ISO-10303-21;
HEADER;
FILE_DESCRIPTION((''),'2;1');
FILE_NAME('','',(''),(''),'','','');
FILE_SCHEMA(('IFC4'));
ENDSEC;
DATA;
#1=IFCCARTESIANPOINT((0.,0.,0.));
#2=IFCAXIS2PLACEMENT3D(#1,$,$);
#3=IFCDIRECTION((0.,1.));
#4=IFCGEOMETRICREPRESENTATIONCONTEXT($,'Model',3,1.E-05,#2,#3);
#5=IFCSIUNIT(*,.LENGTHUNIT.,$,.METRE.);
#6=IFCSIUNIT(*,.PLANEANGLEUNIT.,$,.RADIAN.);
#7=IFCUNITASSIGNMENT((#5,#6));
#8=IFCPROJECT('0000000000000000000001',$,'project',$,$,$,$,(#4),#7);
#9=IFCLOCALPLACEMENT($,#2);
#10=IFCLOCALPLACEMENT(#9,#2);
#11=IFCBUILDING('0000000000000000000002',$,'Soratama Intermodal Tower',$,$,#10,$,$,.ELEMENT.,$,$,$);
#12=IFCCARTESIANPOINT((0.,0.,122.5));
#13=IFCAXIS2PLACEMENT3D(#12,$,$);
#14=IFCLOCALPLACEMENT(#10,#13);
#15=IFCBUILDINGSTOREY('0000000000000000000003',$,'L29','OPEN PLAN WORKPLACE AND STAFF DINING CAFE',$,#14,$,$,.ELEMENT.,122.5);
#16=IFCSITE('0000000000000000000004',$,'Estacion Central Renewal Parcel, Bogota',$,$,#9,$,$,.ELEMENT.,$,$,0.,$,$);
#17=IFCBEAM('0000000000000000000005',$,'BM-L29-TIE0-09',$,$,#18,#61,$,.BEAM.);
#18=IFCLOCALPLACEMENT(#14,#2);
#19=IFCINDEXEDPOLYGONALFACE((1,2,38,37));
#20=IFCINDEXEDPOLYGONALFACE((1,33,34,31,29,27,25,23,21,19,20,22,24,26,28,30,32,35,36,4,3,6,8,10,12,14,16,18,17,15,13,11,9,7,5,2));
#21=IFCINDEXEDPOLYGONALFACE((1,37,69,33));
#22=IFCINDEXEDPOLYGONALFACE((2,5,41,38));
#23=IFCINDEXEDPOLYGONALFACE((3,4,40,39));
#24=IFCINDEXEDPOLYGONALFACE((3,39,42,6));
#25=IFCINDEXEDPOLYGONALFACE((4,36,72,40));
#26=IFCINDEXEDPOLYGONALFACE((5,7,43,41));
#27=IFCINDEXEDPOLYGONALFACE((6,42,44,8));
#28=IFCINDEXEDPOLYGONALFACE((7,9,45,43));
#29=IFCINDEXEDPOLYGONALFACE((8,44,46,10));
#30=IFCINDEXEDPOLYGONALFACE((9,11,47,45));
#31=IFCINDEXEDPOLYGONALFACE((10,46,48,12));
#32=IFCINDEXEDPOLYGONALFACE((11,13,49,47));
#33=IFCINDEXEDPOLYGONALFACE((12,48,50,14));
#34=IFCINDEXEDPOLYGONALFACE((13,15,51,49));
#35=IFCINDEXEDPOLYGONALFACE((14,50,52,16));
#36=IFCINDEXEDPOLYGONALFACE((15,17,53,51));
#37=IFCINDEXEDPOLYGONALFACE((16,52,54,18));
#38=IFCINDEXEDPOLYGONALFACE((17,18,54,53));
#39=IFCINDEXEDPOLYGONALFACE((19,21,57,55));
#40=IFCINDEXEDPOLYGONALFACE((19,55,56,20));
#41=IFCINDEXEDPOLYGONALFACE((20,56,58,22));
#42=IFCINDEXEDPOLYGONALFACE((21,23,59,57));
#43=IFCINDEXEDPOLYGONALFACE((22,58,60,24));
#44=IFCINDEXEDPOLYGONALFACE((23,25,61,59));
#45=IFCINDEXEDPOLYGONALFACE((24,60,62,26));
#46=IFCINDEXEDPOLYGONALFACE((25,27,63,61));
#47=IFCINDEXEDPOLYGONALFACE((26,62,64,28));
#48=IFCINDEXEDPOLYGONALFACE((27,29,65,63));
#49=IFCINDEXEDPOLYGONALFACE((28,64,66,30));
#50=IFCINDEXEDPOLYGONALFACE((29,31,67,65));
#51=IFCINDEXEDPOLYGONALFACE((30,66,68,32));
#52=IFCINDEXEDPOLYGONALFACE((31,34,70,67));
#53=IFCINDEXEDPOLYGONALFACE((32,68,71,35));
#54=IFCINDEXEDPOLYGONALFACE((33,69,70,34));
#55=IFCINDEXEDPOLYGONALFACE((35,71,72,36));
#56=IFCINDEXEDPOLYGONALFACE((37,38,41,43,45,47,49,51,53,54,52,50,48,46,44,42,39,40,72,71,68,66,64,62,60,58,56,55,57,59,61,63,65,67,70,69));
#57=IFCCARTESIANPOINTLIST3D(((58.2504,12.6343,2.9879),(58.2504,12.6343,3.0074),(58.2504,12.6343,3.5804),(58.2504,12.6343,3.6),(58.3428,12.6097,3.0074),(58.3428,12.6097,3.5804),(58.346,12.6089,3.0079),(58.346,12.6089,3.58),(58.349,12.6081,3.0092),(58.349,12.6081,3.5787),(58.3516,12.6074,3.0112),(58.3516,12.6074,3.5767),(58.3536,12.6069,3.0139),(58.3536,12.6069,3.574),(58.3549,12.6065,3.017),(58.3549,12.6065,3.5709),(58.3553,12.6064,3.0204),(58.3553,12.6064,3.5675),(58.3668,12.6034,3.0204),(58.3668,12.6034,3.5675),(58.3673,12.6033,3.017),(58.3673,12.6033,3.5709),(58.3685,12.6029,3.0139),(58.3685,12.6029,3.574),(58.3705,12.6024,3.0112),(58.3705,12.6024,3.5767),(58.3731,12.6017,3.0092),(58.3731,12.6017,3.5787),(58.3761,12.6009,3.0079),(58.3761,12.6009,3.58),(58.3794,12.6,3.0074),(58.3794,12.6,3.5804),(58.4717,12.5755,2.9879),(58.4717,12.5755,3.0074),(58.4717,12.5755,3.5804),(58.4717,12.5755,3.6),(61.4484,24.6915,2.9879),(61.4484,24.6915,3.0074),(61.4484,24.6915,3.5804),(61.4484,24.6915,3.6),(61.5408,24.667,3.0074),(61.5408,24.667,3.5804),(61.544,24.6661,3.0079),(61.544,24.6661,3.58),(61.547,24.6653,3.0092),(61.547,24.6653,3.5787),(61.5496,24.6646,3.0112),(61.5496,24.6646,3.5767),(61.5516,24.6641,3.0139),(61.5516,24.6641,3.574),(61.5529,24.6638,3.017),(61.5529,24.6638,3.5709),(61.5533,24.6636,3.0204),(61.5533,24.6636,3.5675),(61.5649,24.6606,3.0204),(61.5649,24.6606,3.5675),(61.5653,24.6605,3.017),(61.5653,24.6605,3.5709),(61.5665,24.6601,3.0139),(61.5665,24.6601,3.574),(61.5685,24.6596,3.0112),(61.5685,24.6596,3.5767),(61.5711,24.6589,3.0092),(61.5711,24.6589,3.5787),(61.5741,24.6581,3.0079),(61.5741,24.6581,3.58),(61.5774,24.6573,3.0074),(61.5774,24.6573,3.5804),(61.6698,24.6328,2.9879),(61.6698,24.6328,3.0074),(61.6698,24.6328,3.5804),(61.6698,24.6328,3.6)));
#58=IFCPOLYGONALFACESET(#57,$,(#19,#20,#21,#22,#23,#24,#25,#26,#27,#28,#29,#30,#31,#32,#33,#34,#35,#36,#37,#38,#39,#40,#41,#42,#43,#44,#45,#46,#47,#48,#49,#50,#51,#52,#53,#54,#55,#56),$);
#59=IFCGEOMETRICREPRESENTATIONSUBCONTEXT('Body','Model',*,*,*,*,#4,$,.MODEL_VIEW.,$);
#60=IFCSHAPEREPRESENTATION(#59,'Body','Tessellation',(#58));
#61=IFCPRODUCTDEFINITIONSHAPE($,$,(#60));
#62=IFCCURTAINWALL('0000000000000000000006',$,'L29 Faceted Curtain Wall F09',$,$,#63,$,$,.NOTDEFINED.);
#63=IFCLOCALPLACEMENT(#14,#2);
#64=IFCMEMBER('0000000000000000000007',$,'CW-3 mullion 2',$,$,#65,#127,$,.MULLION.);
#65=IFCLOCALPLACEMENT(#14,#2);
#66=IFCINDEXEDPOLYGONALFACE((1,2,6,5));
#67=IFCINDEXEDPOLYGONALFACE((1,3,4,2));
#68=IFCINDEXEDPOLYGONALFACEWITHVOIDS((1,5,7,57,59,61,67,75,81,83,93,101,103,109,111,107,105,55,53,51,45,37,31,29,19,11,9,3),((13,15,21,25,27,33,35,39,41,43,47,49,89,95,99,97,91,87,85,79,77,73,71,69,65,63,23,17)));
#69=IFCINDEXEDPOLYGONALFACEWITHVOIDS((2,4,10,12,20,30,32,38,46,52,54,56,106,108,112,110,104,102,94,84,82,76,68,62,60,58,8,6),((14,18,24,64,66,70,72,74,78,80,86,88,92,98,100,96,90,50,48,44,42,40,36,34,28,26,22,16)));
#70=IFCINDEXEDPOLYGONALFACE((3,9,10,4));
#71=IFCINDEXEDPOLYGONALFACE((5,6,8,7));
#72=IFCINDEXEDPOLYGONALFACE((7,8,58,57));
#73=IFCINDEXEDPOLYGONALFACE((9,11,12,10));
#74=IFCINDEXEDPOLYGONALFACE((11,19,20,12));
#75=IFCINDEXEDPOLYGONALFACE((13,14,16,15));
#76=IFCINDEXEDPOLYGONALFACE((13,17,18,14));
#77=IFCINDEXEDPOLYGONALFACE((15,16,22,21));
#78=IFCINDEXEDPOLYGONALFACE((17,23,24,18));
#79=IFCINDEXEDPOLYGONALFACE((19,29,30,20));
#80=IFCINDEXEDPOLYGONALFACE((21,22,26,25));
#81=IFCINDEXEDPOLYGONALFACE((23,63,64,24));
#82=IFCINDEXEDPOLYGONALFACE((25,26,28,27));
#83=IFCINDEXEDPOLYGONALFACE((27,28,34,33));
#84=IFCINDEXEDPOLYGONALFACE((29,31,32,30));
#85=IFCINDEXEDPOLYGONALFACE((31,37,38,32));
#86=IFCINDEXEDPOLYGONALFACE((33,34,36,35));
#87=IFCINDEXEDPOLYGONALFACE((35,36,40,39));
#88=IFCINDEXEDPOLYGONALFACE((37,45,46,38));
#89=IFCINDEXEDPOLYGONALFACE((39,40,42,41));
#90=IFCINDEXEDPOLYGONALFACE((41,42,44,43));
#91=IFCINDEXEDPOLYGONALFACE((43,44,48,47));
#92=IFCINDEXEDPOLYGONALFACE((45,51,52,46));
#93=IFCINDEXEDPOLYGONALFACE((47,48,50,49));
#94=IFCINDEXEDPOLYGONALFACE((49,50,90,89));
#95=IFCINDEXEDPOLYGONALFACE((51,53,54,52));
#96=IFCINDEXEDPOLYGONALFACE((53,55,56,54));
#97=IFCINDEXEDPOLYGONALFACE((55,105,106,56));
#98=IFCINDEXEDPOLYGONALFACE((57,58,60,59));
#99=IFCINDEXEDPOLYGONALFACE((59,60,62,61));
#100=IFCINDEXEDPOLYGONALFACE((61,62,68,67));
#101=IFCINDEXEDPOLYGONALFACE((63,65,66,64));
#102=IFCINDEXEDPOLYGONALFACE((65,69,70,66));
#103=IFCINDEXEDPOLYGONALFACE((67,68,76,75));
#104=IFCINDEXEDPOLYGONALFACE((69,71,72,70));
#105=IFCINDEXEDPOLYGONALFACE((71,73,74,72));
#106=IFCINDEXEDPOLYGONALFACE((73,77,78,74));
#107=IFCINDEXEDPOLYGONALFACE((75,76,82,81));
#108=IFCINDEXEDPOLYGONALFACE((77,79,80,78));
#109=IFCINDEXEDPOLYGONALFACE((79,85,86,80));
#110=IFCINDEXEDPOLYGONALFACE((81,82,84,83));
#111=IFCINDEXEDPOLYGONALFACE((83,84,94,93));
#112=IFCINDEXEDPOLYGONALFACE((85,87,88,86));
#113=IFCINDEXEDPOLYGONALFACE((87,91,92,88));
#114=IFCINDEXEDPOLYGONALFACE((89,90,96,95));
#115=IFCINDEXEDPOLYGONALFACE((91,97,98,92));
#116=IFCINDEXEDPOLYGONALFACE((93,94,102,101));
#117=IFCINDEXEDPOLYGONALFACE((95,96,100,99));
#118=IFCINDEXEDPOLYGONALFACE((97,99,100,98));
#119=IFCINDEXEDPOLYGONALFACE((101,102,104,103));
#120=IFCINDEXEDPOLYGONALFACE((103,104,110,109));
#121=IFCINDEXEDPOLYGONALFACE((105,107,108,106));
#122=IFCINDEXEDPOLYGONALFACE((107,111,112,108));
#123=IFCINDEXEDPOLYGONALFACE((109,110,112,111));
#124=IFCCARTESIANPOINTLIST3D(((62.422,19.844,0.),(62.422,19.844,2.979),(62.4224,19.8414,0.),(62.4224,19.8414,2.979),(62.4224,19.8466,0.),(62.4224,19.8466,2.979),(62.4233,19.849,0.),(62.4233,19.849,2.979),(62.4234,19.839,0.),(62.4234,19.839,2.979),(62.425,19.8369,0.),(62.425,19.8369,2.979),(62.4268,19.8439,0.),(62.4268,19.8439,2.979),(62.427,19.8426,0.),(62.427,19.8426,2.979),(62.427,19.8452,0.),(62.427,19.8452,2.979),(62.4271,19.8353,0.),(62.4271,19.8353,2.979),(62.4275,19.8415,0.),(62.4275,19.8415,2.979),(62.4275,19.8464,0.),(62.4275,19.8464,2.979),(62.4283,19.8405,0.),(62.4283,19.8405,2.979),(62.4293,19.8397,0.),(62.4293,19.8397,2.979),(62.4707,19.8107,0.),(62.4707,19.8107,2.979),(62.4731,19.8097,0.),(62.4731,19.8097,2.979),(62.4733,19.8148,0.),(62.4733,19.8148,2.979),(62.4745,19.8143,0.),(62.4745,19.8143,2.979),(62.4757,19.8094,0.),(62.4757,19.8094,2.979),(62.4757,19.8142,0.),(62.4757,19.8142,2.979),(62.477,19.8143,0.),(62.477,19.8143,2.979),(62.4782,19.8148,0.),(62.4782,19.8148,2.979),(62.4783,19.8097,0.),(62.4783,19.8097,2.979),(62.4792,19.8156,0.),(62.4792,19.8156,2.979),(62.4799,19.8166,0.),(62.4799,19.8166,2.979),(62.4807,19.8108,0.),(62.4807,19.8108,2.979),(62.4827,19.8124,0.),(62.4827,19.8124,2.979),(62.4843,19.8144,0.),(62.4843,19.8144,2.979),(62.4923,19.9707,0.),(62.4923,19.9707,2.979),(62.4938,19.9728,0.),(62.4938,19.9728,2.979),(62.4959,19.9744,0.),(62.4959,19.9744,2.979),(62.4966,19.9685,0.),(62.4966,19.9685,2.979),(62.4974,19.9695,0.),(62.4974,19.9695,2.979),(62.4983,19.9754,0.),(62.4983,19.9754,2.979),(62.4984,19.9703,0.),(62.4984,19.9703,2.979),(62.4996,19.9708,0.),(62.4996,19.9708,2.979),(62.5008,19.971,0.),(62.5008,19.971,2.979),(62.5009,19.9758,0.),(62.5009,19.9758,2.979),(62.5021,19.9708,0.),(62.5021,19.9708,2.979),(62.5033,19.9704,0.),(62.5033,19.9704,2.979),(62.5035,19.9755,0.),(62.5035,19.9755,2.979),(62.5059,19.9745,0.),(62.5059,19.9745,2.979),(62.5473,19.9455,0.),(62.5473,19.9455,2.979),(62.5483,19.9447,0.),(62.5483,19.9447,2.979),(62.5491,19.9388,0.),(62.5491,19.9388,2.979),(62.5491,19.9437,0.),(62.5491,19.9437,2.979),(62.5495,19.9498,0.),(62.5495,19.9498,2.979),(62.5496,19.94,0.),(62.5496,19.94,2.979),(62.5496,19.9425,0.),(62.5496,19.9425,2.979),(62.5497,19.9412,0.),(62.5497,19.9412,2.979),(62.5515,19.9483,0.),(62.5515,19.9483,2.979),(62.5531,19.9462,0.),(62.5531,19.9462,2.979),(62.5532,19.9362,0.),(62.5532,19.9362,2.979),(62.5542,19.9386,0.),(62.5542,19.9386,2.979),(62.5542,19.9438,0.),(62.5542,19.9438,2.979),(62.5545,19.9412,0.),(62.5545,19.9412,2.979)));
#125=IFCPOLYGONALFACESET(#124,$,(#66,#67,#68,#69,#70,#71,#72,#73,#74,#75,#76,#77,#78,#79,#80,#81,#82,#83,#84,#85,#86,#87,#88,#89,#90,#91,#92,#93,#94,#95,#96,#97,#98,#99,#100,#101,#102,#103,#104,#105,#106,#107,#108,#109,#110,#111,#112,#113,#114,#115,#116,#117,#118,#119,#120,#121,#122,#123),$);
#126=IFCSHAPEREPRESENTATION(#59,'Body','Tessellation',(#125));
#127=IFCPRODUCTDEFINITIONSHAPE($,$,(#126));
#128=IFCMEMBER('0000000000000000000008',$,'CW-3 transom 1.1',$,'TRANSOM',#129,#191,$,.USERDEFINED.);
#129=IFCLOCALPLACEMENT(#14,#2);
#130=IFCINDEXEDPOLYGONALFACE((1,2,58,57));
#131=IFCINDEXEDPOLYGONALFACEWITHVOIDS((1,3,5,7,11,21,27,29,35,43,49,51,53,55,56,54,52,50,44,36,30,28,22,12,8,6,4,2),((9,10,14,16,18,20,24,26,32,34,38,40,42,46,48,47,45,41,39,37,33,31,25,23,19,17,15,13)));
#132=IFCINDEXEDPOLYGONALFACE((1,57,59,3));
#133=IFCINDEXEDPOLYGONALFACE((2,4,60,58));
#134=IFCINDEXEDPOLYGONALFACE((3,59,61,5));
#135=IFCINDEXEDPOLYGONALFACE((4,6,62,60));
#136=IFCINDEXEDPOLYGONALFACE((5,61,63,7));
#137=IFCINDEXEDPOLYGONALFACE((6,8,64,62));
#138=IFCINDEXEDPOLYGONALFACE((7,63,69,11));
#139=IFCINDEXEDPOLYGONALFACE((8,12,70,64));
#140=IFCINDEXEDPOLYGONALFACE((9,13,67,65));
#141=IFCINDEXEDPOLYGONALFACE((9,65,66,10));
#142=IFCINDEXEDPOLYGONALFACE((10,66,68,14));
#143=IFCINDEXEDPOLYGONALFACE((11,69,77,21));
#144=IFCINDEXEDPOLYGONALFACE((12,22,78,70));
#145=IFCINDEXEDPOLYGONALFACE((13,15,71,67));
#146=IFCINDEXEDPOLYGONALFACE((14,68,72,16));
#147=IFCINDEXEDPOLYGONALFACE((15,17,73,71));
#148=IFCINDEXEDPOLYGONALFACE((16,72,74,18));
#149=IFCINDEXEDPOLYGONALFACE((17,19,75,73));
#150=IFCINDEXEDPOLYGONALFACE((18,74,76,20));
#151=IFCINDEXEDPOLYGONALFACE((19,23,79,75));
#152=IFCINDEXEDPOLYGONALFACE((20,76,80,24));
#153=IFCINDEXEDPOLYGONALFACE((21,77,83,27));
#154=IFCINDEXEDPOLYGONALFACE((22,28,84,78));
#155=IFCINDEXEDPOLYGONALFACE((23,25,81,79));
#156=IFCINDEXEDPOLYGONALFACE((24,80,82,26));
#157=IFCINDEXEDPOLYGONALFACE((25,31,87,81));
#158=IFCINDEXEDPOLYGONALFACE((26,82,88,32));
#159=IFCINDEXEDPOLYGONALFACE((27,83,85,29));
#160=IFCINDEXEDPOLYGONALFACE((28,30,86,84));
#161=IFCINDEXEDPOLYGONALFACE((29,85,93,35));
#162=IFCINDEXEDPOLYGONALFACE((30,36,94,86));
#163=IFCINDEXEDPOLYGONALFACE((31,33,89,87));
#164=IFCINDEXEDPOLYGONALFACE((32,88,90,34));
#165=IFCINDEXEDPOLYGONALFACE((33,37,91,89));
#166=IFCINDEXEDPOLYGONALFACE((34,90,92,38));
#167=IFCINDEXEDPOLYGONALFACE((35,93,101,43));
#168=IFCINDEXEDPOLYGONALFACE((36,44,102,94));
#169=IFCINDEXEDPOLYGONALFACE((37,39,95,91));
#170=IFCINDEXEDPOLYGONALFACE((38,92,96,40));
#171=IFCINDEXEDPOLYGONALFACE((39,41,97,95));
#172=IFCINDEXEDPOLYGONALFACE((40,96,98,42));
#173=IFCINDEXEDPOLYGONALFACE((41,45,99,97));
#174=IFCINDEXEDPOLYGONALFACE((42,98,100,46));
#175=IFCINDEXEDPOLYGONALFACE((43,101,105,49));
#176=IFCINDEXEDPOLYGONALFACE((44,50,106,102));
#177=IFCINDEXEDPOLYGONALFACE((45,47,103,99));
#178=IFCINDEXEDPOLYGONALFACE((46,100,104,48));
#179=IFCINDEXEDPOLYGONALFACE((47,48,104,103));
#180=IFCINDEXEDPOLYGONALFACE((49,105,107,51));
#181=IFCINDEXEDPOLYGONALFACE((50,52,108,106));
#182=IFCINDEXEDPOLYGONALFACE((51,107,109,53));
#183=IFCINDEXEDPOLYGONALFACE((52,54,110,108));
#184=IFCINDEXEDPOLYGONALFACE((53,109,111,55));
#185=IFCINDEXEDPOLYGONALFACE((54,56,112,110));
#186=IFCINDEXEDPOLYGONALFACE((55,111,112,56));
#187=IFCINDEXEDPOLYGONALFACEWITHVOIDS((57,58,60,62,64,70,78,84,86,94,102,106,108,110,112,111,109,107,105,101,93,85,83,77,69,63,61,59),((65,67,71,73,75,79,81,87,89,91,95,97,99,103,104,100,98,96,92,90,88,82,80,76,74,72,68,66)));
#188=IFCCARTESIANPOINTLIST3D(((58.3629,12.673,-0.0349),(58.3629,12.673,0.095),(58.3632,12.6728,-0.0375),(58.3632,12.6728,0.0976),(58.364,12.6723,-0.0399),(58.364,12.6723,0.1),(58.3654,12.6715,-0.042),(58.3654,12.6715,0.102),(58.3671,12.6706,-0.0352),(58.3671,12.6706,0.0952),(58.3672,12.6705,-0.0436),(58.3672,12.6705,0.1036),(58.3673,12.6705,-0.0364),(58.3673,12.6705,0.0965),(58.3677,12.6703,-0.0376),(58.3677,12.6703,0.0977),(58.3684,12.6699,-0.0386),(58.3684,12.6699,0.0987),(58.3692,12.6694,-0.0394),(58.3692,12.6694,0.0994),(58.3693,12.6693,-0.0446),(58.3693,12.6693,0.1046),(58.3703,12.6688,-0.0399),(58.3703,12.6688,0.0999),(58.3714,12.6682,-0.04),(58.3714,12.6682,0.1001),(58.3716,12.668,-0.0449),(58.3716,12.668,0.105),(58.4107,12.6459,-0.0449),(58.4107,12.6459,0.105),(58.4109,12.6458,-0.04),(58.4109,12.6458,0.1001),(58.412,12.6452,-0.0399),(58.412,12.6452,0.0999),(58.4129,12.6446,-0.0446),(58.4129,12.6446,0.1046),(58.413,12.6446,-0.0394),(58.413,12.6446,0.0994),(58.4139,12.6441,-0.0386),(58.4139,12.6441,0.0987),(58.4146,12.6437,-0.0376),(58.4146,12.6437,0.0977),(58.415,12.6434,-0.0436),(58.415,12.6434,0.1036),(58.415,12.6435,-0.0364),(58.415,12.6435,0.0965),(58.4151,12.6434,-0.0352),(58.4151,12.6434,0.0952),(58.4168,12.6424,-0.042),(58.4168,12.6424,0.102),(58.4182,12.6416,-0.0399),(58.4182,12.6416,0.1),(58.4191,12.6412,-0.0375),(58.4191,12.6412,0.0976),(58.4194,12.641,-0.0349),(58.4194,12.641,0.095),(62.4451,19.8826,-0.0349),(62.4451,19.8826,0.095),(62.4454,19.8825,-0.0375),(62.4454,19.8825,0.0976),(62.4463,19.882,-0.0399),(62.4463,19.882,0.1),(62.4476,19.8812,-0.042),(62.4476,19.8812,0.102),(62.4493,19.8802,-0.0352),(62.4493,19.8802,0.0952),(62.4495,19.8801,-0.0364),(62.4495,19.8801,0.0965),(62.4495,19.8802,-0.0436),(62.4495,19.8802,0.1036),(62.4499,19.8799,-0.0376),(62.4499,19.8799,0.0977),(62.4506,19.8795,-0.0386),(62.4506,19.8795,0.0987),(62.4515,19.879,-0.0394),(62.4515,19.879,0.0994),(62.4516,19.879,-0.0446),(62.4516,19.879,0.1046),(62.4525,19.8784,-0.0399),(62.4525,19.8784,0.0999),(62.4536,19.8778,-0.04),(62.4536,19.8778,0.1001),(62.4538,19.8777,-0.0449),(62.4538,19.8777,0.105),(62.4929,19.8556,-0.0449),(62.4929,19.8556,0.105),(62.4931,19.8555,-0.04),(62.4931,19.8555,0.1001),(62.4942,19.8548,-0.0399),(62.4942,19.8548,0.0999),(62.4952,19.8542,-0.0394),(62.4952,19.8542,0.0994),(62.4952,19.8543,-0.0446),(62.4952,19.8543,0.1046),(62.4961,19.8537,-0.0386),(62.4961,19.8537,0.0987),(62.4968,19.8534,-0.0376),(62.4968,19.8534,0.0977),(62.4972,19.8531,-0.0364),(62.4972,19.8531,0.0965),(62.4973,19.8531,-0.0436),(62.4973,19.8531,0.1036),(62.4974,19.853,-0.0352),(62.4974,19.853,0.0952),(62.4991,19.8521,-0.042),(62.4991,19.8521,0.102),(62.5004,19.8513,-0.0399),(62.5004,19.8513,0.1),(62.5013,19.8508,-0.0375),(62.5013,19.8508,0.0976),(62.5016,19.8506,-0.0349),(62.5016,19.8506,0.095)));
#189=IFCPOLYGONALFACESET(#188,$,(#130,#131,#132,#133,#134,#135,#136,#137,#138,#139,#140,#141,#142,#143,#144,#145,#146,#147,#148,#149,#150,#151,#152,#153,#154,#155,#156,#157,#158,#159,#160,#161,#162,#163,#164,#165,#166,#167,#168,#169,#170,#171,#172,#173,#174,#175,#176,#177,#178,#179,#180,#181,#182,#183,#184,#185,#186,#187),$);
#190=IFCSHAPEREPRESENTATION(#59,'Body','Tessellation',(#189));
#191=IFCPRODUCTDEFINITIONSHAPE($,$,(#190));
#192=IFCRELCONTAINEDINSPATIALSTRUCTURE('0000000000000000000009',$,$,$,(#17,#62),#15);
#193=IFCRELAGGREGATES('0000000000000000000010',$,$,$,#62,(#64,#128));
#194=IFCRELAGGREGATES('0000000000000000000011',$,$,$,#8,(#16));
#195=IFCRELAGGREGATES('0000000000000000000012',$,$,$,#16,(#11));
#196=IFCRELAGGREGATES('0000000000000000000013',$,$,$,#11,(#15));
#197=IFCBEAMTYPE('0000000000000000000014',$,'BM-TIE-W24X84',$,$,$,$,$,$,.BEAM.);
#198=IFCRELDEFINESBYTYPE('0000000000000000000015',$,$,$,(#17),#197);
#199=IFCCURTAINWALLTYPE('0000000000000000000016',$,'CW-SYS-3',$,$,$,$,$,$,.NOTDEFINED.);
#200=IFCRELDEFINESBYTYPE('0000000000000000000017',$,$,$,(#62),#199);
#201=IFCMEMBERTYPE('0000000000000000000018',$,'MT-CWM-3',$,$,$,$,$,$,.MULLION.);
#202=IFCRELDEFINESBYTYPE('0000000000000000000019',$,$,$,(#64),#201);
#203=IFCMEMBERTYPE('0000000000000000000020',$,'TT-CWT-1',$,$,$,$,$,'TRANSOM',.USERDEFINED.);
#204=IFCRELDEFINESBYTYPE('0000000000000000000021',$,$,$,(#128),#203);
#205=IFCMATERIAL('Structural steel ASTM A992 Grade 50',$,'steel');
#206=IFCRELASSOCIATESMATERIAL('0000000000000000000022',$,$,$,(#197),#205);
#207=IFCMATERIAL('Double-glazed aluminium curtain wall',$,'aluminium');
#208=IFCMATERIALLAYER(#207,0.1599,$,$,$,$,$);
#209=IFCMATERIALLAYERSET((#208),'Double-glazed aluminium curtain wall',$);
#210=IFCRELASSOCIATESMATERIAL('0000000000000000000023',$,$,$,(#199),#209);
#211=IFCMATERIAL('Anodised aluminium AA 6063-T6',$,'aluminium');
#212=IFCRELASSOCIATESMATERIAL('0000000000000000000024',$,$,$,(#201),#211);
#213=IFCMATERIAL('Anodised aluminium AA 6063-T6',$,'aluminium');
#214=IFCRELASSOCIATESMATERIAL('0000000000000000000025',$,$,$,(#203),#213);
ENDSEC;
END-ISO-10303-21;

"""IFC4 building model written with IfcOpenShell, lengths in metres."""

from ifc_helpers import new_model, si_unit, direction, frame, origin, origin_2d, place, context, subcontext, project, spatial, hollow_rectangle, i_section, extrude, material, layer, layer_set, material_profile, profile_set, type_object, element, aggregate, save


model = new_model("IFC4")

# Units and contexts
model_context = context("Model", 3, precision=1e-05, world=origin(), true_north=direction((0.0, 1.0)))
body_context = subcontext(model_context, "Body", "Model", "MODEL_VIEW")
ifc_project = project(units=[si_unit("LENGTHUNIT", "METRE"), si_unit("PLANEANGLEUNIT", "RADIAN")], contexts=[model_context])

# Site, building, storey
site_placement = place(None, origin())
site = spatial("IfcSite", under=ifc_project, at=site_placement, Name="Estacion Central Renewal Parcel, Bogota", CompositionType="ELEMENT", RefElevation=0.0)
building_placement = place(site_placement, origin())
building = spatial("IfcBuilding", under=site, at=building_placement, Name="Soratama Intermodal Tower", CompositionType="ELEMENT")
storey_placement = place(building_placement, frame((0.0, 0.0, 122.5)))
storey = spatial("IfcBuildingStorey", under=building, at=storey_placement, Name="L29", Description="OPEN PLAN WORKPLACE AND STAFF DINING CAFE", CompositionType="ELEMENT", Elevation=122.5)

# Beam
ifc_material_1 = material(Name="Structural steel ASTM A992 Grade 50", Category="steel")
ifc_material_profile_1 = material_profile(ifc_material_1, i_section(OverallWidth=0.229, OverallDepth=0.6121, WebThickness=0.012, FlangeThickness=0.0195, FilletRadius=0.0129, at=origin_2d()), Name="W24X84")
ifc_profile_set_1 = profile_set([ifc_material_profile_1], Name="Structural steel ASTM A992 Grade 50")
beam_type_1 = type_object("IfcBeamType", Name="BM-TIE-W24X84", PredefinedType="BEAM", material=ifc_profile_set_1)
beam_1_placement = place(storey_placement, frame((61.5591, 24.6621, 3.2939), z_axis=(-0.256372, -0.966578, 0.0), x_axis=(0.966578, -0.256372, 0.0)))
element("IfcBeam", 1, at=beam_1_placement, inside=storey, type_object=beam_type_1, Name="BM-L29-TIE0-09", PredefinedType="BEAM", context=body_context, shape_type="SweptSolid", body=[
    extrude(i_section(OverallWidth=0.229, OverallDepth=0.6121, WebThickness=0.012, FlangeThickness=0.0195, FilletRadius=0.0129, at=origin_2d()), origin(), (0.0, 0.0, 1.0), 12.4741),
])

# Curtain wall, members
ifc_material_2 = material(Name="Double-glazed aluminium curtain wall", Category="aluminium")
ifc_layer_1 = layer(ifc_material_2, 0.1599)
ifc_layer_set_1 = layer_set([ifc_layer_1], Name="Double-glazed aluminium curtain wall")
curtain_wall_type = type_object("IfcCurtainWallType", Name="CW-SYS-3", PredefinedType="NOTDEFINED", material=ifc_layer_set_1)
curtain_wall_placement = place(storey_placement, origin())
curtain_wall = element("IfcCurtainWall", 2, at=curtain_wall_placement, inside=storey, type_object=curtain_wall_type, Name="L29 Faceted Curtain Wall F09", PredefinedType="NOTDEFINED")
ifc_material_3 = material(Name="Anodised aluminium AA 6063-T6", Category="aluminium")
ifc_material_profile_2 = material_profile(ifc_material_3, hollow_rectangle(XDim=0.0701, YDim=0.1599, WallThickness=0.0049, InnerFilletRadius=0.0049, OuterFilletRadius=0.01, at=origin_2d()), Name="CWM160X70X5")
ifc_profile_set_2 = profile_set([ifc_material_profile_2], Name="Anodised aluminium AA 6063-T6")
member_type_1 = type_object("IfcMemberType", Name="MT-CWM-3", PredefinedType="MULLION", material=ifc_profile_set_2)
member_1_placement = place(storey_placement, frame((62.4883, 19.8926, 0.0), z_axis=(0.0, 0.0, 1.0), x_axis=(-0.870183, 0.492728, 0.0)))
member_1 = element("IfcMember", 3, at=member_1_placement, type_object=member_type_1, Name="CW-3 mullion 2", PredefinedType="MULLION", context=body_context, shape_type="SweptSolid", body=[
    extrude(hollow_rectangle(XDim=0.0701, YDim=0.1599, WallThickness=0.0049, InnerFilletRadius=0.0049, OuterFilletRadius=0.01, at=origin_2d()), origin(), (0.0, 0.0, 1.0), 2.979),
])
ifc_material_4 = material(Name="Anodised aluminium AA 6063-T6", Category="aluminium")
ifc_material_profile_3 = material_profile(ifc_material_4, hollow_rectangle(XDim=0.0649, YDim=0.1499, WallThickness=0.0049, InnerFilletRadius=0.0049, OuterFilletRadius=0.01, at=origin_2d()), Name="CWT150X65X5")
ifc_profile_set_3 = profile_set([ifc_material_profile_3], Name="Anodised aluminium AA 6063-T6")
member_type_2 = type_object("IfcMemberType", Name="TT-CWT-1", ElementType="TRANSOM", PredefinedType="USERDEFINED", material=ifc_profile_set_3)
member_2_placement = place(storey_placement, frame((58.3911, 12.657, 0.03), z_axis=(0.492717, 0.870189, 0.0), x_axis=(-0.870189, 0.492717, 0.0)))
member_2 = element("IfcMember", 4, at=member_2_placement, type_object=member_type_2, Name="CW-3 transom 1.1", ObjectType="TRANSOM", PredefinedType="USERDEFINED", context=body_context, shape_type="SweptSolid", body=[
    extrude(hollow_rectangle(XDim=0.0649, YDim=0.1499, WallThickness=0.0049, InnerFilletRadius=0.0049, OuterFilletRadius=0.01, at=origin_2d()), origin(), (0.0, 0.0, 1.0), 8.2852),
])
aggregate(curtain_wall, [member_1, member_2])

save(model, "model.ifc")
